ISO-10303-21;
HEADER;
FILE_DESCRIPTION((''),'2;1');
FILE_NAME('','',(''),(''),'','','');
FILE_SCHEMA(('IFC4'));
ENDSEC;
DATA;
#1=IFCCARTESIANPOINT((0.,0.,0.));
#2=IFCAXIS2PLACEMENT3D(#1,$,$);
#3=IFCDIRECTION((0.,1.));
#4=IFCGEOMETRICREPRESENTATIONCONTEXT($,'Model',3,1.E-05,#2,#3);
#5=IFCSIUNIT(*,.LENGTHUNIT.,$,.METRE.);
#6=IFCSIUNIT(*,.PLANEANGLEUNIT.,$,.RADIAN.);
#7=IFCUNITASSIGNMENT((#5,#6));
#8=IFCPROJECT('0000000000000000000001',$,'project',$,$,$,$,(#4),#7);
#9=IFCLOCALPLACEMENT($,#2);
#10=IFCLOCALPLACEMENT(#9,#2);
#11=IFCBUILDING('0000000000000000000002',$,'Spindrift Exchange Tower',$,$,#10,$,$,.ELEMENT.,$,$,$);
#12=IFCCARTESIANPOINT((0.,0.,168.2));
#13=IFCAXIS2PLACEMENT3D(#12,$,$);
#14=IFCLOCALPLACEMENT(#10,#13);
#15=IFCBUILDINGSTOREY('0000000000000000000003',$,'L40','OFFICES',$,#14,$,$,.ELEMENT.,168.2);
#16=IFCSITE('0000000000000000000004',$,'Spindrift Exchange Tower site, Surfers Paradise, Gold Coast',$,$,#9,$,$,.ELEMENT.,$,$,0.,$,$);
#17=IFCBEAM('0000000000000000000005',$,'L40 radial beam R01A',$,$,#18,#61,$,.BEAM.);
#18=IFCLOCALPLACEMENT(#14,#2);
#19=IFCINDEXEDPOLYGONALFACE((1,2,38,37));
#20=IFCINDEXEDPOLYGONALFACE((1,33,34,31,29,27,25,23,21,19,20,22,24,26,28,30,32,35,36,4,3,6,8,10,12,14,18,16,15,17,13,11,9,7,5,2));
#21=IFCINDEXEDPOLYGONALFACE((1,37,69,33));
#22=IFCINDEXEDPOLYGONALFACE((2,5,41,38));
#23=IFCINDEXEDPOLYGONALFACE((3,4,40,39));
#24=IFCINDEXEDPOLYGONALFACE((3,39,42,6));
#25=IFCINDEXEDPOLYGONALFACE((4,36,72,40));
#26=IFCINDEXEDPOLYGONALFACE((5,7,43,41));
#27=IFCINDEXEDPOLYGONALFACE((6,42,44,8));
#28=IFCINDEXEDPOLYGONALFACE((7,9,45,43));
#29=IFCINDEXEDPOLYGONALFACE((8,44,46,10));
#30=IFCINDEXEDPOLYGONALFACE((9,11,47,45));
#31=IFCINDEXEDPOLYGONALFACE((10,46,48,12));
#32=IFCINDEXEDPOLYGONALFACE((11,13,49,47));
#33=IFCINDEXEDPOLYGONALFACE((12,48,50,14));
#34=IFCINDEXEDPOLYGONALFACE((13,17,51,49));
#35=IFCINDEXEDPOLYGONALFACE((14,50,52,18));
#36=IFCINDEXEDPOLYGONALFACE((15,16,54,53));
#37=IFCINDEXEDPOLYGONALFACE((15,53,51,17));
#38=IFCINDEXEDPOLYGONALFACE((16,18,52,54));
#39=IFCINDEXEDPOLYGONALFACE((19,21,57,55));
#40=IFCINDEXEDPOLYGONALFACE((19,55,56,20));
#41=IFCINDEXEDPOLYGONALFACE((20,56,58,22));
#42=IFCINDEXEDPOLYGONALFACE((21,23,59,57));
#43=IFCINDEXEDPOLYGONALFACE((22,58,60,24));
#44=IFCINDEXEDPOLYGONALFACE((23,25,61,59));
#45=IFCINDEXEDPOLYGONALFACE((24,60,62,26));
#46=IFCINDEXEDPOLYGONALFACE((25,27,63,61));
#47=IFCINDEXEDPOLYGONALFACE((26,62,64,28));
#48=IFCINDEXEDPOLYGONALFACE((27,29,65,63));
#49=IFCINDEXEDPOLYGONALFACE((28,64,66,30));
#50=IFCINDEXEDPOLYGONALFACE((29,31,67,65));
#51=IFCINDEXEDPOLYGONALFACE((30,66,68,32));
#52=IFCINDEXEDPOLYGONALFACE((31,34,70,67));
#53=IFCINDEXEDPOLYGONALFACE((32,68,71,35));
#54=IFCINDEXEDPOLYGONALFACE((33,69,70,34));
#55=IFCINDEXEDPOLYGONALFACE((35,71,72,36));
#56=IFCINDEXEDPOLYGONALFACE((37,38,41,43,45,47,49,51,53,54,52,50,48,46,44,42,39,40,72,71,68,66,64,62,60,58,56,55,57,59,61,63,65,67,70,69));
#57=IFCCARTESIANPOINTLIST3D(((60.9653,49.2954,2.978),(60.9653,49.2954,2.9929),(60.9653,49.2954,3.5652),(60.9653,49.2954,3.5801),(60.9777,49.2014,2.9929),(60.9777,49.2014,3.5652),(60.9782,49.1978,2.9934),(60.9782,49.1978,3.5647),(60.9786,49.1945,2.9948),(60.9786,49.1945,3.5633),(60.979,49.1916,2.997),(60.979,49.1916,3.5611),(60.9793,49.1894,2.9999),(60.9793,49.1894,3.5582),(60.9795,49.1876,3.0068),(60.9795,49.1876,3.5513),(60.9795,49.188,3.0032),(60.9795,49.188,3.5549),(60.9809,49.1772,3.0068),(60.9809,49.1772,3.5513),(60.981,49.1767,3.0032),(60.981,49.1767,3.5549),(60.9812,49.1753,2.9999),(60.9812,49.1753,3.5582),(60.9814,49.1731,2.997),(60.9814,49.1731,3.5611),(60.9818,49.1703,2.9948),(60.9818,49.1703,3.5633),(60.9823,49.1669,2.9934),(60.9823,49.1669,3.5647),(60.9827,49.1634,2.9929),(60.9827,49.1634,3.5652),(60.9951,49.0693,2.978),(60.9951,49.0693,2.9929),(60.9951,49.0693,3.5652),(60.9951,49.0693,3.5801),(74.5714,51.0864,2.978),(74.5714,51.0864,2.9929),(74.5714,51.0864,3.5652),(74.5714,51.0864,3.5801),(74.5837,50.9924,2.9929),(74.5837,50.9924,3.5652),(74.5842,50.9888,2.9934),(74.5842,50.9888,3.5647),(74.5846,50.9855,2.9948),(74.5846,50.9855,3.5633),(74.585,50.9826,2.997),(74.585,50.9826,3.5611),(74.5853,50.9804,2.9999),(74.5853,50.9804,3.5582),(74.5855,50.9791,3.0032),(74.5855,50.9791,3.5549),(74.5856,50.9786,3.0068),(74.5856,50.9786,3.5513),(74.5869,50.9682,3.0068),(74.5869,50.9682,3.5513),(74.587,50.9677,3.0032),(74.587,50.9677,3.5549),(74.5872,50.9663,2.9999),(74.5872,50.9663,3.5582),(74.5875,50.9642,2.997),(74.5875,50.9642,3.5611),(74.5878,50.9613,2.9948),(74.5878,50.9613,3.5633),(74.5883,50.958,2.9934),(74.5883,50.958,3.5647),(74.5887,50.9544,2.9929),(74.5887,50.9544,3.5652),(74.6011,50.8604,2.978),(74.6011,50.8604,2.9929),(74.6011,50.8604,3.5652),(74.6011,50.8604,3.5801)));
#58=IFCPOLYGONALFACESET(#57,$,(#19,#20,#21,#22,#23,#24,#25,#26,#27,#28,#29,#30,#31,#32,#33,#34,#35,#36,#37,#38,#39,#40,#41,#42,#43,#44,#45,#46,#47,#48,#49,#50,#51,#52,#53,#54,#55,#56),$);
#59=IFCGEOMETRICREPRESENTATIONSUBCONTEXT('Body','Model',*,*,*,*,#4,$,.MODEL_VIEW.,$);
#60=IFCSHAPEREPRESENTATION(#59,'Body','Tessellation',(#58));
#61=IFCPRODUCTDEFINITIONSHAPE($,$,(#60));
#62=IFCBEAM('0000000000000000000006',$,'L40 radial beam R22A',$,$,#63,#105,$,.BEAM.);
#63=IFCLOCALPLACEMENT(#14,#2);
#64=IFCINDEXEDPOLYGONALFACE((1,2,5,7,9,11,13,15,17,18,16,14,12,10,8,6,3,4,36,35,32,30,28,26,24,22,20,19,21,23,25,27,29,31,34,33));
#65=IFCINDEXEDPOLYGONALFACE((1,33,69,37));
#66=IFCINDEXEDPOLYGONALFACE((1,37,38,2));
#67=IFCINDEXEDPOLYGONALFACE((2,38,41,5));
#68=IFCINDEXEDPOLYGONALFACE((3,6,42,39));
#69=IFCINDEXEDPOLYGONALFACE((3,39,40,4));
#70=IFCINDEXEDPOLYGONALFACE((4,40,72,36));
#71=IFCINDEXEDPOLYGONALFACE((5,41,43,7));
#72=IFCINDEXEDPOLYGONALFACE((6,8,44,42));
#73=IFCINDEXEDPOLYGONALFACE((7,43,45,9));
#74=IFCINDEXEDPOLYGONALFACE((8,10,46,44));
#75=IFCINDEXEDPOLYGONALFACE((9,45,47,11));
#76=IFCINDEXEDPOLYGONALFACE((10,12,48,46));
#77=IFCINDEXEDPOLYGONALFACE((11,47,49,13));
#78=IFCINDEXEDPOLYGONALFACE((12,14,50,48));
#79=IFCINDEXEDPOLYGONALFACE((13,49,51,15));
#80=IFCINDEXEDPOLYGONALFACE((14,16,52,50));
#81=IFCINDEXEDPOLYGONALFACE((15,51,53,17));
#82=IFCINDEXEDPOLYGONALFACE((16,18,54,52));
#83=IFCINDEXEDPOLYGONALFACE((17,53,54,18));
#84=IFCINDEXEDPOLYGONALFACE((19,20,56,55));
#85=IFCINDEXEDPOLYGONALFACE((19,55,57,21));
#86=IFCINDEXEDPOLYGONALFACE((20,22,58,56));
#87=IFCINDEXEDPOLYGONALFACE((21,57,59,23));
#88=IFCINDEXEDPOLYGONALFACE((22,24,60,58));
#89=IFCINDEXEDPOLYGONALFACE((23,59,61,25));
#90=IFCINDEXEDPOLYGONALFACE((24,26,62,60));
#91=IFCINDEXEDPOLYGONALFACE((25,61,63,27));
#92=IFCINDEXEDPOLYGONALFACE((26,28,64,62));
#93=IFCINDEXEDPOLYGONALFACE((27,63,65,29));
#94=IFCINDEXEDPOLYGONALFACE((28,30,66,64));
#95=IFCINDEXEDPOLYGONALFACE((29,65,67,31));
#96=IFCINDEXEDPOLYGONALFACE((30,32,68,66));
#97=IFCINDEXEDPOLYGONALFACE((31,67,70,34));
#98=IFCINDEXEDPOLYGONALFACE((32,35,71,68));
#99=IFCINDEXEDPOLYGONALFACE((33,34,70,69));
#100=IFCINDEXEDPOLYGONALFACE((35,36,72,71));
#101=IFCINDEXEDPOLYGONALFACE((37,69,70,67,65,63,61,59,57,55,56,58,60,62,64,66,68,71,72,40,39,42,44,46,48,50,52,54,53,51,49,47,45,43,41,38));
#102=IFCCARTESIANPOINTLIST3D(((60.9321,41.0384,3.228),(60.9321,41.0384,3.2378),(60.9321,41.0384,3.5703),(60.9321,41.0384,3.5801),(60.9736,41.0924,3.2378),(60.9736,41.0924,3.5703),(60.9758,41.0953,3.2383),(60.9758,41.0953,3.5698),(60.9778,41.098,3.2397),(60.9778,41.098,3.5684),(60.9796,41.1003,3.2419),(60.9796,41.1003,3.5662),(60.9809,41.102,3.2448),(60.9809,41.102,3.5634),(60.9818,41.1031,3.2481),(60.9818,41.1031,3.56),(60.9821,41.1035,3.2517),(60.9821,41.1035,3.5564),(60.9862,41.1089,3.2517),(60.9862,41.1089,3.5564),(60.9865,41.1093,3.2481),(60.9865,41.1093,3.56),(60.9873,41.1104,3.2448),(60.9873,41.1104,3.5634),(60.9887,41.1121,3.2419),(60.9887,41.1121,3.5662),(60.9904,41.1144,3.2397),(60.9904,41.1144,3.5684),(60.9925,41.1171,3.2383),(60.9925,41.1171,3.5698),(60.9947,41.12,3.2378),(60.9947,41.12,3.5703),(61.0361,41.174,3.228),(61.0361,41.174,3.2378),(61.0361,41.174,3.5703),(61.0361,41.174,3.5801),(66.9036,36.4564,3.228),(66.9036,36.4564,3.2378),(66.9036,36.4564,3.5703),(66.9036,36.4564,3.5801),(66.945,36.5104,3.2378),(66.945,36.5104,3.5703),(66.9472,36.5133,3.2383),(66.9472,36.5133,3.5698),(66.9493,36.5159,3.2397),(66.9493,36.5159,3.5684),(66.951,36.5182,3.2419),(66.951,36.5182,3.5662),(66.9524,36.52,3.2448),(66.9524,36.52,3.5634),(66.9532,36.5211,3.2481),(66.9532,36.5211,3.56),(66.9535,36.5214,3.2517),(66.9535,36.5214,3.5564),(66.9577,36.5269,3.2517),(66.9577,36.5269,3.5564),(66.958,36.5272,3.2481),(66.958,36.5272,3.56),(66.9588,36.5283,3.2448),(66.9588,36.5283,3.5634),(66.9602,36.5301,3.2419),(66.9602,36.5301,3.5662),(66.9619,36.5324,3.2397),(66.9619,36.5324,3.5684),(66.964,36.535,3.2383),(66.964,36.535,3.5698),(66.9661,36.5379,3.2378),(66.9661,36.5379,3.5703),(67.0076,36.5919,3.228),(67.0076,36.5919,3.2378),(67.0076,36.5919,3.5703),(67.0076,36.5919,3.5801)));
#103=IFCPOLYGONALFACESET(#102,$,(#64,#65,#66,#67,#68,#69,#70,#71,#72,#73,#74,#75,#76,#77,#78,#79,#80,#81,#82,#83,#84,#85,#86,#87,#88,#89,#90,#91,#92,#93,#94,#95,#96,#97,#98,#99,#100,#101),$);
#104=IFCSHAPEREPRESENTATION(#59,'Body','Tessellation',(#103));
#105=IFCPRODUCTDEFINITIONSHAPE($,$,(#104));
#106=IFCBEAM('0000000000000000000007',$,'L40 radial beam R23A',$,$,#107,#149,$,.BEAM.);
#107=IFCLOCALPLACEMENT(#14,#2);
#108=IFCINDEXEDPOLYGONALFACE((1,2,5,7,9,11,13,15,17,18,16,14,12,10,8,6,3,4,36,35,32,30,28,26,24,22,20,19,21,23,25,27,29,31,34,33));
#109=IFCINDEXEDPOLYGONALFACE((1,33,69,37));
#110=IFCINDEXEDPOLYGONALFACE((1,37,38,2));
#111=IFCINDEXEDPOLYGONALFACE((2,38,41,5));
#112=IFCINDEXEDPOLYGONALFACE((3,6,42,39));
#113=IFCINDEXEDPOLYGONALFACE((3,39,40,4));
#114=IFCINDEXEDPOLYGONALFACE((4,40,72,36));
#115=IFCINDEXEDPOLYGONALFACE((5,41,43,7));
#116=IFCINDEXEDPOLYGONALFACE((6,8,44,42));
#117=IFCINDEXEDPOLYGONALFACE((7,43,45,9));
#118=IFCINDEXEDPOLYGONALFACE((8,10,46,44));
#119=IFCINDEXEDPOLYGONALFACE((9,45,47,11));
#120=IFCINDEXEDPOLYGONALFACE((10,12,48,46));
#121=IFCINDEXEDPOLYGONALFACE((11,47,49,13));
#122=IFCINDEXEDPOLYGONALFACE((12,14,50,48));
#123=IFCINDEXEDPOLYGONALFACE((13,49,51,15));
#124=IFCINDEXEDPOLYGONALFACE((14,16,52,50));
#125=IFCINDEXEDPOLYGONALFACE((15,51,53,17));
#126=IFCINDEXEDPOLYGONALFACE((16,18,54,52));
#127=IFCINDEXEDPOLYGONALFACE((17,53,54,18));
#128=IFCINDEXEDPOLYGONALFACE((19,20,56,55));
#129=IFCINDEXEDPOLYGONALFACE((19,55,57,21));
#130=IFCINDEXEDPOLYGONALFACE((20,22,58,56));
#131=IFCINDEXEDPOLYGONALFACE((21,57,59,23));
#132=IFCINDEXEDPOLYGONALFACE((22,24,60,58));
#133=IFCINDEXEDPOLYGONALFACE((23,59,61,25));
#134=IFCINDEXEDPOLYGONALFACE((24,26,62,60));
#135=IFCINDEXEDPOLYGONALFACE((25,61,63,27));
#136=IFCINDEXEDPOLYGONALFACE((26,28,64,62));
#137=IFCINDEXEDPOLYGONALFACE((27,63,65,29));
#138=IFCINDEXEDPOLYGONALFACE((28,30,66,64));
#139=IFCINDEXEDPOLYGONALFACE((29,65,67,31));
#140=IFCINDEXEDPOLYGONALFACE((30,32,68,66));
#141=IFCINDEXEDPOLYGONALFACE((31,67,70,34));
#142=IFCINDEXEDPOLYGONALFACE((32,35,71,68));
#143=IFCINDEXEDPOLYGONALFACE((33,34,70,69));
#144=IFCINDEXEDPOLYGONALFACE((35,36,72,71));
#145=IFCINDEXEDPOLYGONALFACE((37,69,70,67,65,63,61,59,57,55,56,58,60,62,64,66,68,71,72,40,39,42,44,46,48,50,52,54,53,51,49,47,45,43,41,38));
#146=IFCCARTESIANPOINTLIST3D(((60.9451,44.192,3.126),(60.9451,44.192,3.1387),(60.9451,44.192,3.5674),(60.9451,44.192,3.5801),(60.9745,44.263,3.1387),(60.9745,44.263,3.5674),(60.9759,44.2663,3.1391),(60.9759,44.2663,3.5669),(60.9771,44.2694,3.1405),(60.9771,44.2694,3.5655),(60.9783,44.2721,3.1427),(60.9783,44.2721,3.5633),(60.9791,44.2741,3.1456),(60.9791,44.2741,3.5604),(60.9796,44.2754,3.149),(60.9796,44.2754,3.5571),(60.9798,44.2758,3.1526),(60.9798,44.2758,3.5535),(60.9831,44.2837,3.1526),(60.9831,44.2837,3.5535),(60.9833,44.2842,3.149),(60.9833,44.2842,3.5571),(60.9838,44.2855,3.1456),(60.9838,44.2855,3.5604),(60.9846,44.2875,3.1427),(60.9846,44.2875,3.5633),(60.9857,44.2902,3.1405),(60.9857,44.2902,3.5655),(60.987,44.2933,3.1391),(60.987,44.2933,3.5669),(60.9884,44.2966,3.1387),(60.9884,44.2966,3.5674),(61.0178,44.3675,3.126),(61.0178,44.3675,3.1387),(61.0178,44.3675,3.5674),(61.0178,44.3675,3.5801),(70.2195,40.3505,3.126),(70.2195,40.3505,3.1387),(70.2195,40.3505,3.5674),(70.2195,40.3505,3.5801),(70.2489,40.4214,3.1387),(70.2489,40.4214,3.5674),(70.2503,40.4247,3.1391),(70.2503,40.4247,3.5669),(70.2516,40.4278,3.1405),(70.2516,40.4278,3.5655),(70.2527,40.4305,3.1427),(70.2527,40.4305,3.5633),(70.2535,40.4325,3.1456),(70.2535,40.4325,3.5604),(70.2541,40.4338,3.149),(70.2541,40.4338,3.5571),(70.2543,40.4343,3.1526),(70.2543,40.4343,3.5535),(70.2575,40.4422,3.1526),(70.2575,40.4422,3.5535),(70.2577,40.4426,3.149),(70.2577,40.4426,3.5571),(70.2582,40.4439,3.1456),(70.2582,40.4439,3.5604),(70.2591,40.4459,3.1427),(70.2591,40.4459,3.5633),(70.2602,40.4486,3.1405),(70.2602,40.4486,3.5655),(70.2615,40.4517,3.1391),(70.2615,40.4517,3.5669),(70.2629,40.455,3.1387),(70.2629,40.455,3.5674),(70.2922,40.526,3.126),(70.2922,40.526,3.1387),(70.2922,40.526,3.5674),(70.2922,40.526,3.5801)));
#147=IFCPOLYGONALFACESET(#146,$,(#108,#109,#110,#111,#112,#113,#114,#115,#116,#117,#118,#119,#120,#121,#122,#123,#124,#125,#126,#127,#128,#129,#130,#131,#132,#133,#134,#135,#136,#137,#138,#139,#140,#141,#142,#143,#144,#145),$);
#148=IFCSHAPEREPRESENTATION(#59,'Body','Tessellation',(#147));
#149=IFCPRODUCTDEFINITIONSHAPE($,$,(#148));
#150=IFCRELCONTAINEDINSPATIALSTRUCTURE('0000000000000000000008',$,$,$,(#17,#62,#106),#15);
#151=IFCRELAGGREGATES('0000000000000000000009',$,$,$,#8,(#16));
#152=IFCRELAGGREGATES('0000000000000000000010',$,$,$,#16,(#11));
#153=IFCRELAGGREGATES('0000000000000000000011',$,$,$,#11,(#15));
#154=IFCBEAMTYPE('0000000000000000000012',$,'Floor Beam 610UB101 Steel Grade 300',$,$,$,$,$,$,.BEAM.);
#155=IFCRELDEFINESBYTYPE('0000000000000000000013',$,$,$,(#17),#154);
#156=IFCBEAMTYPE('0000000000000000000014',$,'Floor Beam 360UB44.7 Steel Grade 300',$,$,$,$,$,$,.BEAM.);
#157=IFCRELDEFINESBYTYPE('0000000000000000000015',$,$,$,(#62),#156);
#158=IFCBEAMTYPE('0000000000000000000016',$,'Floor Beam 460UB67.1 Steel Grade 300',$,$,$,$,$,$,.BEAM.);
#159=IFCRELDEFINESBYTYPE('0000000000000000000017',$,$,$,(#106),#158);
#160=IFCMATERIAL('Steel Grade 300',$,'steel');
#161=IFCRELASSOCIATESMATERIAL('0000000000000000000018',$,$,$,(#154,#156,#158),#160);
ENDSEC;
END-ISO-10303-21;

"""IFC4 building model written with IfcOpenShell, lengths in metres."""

from ifc_helpers import new_model, si_unit, direction, frame, origin, origin_2d, place, context, subcontext, project, spatial, i_section, extrude, source, transform, mapped, material, material_profile, profile_set, type_object, element, save


model = new_model("IFC4")

# Units and contexts
model_context = context("Model", 3, precision=1e-05, world=origin(), true_north=direction((0.0, 1.0)))
body_context = subcontext(model_context, "Body", "Model", "MODEL_VIEW")
ifc_project = project(units=[si_unit("LENGTHUNIT", "METRE"), si_unit("PLANEANGLEUNIT", "RADIAN")], contexts=[model_context])

# Site, building, storey
site_placement = place(None, origin())
site = spatial("IfcSite", under=ifc_project, at=site_placement, Name="Spindrift Exchange Tower site, Surfers Paradise, Gold Coast", CompositionType="ELEMENT", RefElevation=0.0)
building_placement = place(site_placement, origin())
building = spatial("IfcBuilding", under=site, at=building_placement, Name="Spindrift Exchange Tower", CompositionType="ELEMENT")
storey_placement = place(building_placement, frame((0.0, 0.0, 168.2)))
storey = spatial("IfcBuildingStorey", under=building, at=storey_placement, Name="L40", Description="OFFICES", CompositionType="ELEMENT", Elevation=168.2)

# Beams
ifc_material_1 = material(Name="Steel Grade 300", Category="steel")
ifc_material_profile_1 = material_profile(ifc_material_1, i_section(OverallWidth=0.228, OverallDepth=0.6021, WebThickness=0.0105, FlangeThickness=0.0149, FilletRadius=0.0139, at=origin_2d()), Name="610UB101")
ifc_profile_set_1 = profile_set([ifc_material_profile_1], Name="Steel Grade 300")
beam_type_1 = type_object("IfcBeamType", Name="Floor Beam 610UB101 Steel Grade 300", PredefinedType="BEAM", material=ifc_profile_set_1)
shared_shape_1 = source(origin(), body_context, "Body", "SweptSolid", [
    extrude(i_section(OverallWidth=0.228, OverallDepth=0.6021, WebThickness=0.0105, FlangeThickness=0.0149, FilletRadius=0.0139, at=origin_2d()), origin(), (0.0, 0.0, 1.0), 13.7234),
])
beam_1_placement = place(storey_placement, frame((60.9802, 49.1824, 3.2791), z_axis=(0.991447, 0.130509, 0.0), x_axis=(-0.130509, 0.991447, 0.0)))
element("IfcBeam", 1, at=beam_1_placement, inside=storey, type_object=beam_type_1, Name="L40 radial beam R01A", PredefinedType="BEAM", context=body_context, shape_type="MappedRepresentation", body=[
    mapped(shared_shape_1, transform((0.0, 0.0, 0.0), scale=1.0)),
])
ifc_material_profile_2 = material_profile(ifc_material_1, i_section(OverallWidth=0.1709, OverallDepth=0.3521, WebThickness=0.0068, FlangeThickness=0.0098, FilletRadius=0.0139, at=origin_2d()), Name="360UB44.7")
ifc_profile_set_2 = profile_set([ifc_material_profile_2], Name="Steel Grade 300")
beam_type_2 = type_object("IfcBeamType", Name="Floor Beam 360UB44.7 Steel Grade 300", PredefinedType="BEAM", material=ifc_profile_set_2)
shared_shape_2 = source(origin(), body_context, "Body", "SweptSolid", [
    extrude(i_section(OverallWidth=0.1709, OverallDepth=0.3521, WebThickness=0.0068, FlangeThickness=0.0098, FilletRadius=0.0139, at=origin_2d()), origin(), (0.0, 0.0, 1.0), 7.5269),
])
beam_2_placement = place(storey_placement, frame((60.9841, 41.1062, 3.4041), z_axis=(0.793354, -0.60876, 0.0), x_axis=(0.60876, 0.793354, 0.0)))
element("IfcBeam", 2, at=beam_2_placement, inside=storey, type_object=beam_type_2, Name="L40 radial beam R22A", PredefinedType="BEAM", context=body_context, shape_type="MappedRepresentation", body=[
    mapped(shared_shape_2, transform((0.0, 0.0, 0.0), scale=1.0)),
])
ifc_material_profile_3 = material_profile(ifc_material_1, i_section(OverallWidth=0.1899, OverallDepth=0.4541, WebThickness=0.0085, FlangeThickness=0.0127, FilletRadius=0.0139, at=origin_2d()), Name="460UB67.1")
ifc_profile_set_3 = profile_set([ifc_material_profile_3], Name="Steel Grade 300")
beam_type_3 = type_object("IfcBeamType", Name="Floor Beam 460UB67.1 Steel Grade 300", PredefinedType="BEAM", material=ifc_profile_set_3)
shared_shape_3 = source(origin(), body_context, "Body", "SweptSolid", [
    extrude(i_section(OverallWidth=0.1899, OverallDepth=0.4541, WebThickness=0.0085, FlangeThickness=0.0127, FilletRadius=0.0139, at=origin_2d()), origin(), (0.0, 0.0, 1.0), 10.0386),
])
beam_3_placement = place(storey_placement, frame((60.9814, 44.2798, 3.353), z_axis=(0.923881, -0.38268, 0.0), x_axis=(0.38268, 0.923881, 0.0)))
element("IfcBeam", 3, at=beam_3_placement, inside=storey, type_object=beam_type_3, Name="L40 radial beam R23A", PredefinedType="BEAM", context=body_context, shape_type="MappedRepresentation", body=[
    mapped(shared_shape_3, transform((0.0, 0.0, 0.0), scale=1.0)),
])

save(model, "model.ifc")
